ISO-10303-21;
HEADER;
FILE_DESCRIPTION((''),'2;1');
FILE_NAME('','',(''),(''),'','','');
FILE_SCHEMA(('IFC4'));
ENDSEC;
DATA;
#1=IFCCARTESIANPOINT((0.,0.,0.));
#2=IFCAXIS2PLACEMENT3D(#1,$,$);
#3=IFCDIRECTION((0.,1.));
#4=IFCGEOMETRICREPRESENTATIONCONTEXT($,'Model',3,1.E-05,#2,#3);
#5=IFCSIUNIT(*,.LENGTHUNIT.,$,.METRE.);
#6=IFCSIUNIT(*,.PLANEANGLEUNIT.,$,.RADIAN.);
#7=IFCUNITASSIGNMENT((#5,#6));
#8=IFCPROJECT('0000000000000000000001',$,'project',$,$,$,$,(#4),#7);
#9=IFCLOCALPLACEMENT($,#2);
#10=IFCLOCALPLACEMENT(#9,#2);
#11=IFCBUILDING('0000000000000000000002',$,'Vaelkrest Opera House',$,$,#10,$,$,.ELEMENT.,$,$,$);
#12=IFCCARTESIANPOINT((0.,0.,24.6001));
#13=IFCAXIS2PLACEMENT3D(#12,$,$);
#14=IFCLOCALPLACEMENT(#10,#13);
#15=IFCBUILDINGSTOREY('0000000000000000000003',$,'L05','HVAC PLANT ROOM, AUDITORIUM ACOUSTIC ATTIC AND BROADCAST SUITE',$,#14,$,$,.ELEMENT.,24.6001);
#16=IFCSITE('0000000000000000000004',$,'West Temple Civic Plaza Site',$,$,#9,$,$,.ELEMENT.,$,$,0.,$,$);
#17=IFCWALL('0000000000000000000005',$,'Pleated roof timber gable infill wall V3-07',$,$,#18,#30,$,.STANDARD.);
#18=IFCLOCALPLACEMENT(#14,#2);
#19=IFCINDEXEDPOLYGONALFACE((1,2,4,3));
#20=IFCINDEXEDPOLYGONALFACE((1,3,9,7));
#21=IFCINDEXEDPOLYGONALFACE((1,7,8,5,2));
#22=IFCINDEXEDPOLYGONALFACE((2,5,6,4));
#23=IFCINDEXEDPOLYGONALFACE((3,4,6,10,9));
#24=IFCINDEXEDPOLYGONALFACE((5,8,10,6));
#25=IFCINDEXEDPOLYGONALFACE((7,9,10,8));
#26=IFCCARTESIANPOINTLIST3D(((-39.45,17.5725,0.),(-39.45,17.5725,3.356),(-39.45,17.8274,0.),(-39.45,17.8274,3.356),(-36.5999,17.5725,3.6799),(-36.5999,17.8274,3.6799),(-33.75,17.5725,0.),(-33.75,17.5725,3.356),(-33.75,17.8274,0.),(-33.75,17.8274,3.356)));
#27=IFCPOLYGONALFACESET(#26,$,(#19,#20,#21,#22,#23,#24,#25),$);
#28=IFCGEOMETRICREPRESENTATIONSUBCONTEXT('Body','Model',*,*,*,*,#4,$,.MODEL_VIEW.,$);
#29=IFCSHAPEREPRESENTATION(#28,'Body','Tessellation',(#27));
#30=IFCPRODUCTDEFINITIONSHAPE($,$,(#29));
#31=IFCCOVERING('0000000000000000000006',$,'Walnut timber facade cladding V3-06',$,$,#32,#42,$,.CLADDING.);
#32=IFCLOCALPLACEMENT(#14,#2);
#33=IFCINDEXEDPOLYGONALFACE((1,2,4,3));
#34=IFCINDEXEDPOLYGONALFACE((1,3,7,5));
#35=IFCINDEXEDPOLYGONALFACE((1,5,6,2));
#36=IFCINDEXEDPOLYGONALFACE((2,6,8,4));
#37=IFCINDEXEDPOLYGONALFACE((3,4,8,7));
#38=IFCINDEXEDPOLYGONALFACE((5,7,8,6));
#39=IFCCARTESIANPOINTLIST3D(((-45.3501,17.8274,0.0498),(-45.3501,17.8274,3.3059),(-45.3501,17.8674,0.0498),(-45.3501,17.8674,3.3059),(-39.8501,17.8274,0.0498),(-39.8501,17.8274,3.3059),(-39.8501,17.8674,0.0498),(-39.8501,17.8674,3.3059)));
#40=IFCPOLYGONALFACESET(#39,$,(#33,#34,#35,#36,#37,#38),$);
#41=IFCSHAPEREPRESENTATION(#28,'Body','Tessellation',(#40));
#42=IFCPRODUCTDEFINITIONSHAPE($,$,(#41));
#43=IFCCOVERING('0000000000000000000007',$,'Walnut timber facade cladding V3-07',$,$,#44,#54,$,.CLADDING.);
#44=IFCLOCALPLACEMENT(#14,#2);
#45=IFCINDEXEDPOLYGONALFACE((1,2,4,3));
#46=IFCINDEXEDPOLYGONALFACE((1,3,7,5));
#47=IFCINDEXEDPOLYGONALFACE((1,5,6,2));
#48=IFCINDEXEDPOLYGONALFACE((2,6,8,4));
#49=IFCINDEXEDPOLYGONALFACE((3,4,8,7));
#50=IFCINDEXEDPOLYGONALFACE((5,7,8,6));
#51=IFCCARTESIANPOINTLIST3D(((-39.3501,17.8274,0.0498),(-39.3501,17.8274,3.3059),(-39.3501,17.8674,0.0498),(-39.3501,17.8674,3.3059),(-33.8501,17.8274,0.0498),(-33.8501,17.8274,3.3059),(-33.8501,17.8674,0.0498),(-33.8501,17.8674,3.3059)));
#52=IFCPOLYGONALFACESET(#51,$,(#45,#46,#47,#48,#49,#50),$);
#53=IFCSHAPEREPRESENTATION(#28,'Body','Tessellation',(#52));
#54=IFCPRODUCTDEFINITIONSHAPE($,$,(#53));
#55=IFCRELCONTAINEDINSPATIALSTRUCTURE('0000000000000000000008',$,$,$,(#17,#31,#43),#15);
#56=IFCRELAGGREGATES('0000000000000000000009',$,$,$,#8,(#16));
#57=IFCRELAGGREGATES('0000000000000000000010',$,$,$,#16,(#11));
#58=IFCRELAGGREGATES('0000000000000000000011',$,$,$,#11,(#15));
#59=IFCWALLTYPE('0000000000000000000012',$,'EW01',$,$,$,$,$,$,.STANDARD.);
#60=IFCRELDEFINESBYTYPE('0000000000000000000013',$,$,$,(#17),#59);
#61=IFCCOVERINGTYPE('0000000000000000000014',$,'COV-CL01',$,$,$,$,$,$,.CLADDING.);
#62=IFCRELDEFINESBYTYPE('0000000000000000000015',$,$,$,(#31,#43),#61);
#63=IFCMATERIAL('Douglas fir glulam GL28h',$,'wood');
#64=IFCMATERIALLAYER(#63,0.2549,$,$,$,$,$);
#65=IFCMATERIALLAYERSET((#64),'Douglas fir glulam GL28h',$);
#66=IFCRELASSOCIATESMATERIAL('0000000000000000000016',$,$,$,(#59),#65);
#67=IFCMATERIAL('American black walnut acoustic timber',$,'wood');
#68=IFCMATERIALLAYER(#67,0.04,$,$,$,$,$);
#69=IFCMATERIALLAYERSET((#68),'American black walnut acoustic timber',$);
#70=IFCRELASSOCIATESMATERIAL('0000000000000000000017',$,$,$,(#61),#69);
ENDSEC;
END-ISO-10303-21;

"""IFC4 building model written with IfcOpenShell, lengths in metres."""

from ifc_helpers import new_model, si_unit, direction, frame, origin, origin_2d, place, context, subcontext, project, spatial, polyline, rectangle, outline, extrude, material, layer, layer_set, type_object, element, save


model = new_model("IFC4")

# Units and contexts
model_context = context("Model", 3, precision=1e-05, world=origin(), true_north=direction((0.0, 1.0)))
body_context = subcontext(model_context, "Body", "Model", "MODEL_VIEW")
ifc_project = project(units=[si_unit("LENGTHUNIT", "METRE"), si_unit("PLANEANGLEUNIT", "RADIAN")], contexts=[model_context])

# Site, building, storey
site_placement = place(None, origin())
site = spatial("IfcSite", under=ifc_project, at=site_placement, Name="West Temple Civic Plaza Site", CompositionType="ELEMENT", RefElevation=0.0)
building_placement = place(site_placement, origin())
building = spatial("IfcBuilding", under=site, at=building_placement, Name="Vaelkrest Opera House", CompositionType="ELEMENT")
storey_placement = place(building_placement, frame((0.0, 0.0, 24.6001)))
storey = spatial("IfcBuildingStorey", under=building, at=storey_placement, Name="L05", Description="HVAC PLANT ROOM, AUDITORIUM ACOUSTIC ATTIC AND BROADCAST SUITE", CompositionType="ELEMENT", Elevation=24.6001)

# Wall
ifc_material_1 = material(Name="Douglas fir glulam GL28h", Category="wood")
ifc_layer_1 = layer(ifc_material_1, 0.2549)
ifc_layer_set_1 = layer_set([ifc_layer_1], Name="Douglas fir glulam GL28h")
wall_type = type_object("IfcWallType", Name="EW01", PredefinedType="STANDARD", material=ifc_layer_set_1)
for number, where, z_axis, x_axis, name in (
    (1, (-39.45, 17.7, 0.0), (0.0, 0.0, 1.0), (1.0, 0.0, 0.0), "Pleated roof timber gable infill wall V3-07"),
):
    element("IfcWall", number, at=place(storey_placement, frame(where, z_axis=z_axis, x_axis=x_axis)), inside=storey, type_object=wall_type, Name=name, PredefinedType="STANDARD", context=body_context, shape_type="SweptSolid", body=[
        extrude(outline(polyline([(0.0, 0.0), (5.7, 0.0), (5.7, 3.356), (2.8501, 3.6799), (0.0, 3.356), (0.0, 0.0)])), frame((0.0, 0.1274, 0.0), z_axis=(0.0, -1.0, 0.0), x_axis=(1.0, 0.0, 0.0)), (0.0, 0.0, 1.0), 0.2549),
    ])

# Coverings
ifc_material_2 = material(Name="American black walnut acoustic timber", Category="wood")
ifc_layer_2 = layer(ifc_material_2, 0.04)
ifc_layer_set_2 = layer_set([ifc_layer_2], Name="American black walnut acoustic timber")
covering_type = type_object("IfcCoveringType", Name="COV-CL01", PredefinedType="CLADDING", material=ifc_layer_set_2)
for number, where, z_axis, x_axis, name in (
    (2, (-42.6001, 17.8474, 0.0498), (0.0, 0.0, 1.0), (1.0, 0.0, 0.0), "Walnut timber facade cladding V3-06"),
    (3, (-36.6001, 17.8474, 0.0498), (0.0, 0.0, 1.0), (1.0, 0.0, 0.0), "Walnut timber facade cladding V3-07"),
):
    element("IfcCovering", number, at=place(storey_placement, frame(where, z_axis=z_axis, x_axis=x_axis)), inside=storey, type_object=covering_type, Name=name, PredefinedType="CLADDING", context=body_context, shape_type="SweptSolid", body=[
        extrude(rectangle(XDim=5.5, YDim=0.04, at=origin_2d()), origin(), (0.0, 0.0, 1.0), 3.2561),
    ])

save(model, "model.ifc")
